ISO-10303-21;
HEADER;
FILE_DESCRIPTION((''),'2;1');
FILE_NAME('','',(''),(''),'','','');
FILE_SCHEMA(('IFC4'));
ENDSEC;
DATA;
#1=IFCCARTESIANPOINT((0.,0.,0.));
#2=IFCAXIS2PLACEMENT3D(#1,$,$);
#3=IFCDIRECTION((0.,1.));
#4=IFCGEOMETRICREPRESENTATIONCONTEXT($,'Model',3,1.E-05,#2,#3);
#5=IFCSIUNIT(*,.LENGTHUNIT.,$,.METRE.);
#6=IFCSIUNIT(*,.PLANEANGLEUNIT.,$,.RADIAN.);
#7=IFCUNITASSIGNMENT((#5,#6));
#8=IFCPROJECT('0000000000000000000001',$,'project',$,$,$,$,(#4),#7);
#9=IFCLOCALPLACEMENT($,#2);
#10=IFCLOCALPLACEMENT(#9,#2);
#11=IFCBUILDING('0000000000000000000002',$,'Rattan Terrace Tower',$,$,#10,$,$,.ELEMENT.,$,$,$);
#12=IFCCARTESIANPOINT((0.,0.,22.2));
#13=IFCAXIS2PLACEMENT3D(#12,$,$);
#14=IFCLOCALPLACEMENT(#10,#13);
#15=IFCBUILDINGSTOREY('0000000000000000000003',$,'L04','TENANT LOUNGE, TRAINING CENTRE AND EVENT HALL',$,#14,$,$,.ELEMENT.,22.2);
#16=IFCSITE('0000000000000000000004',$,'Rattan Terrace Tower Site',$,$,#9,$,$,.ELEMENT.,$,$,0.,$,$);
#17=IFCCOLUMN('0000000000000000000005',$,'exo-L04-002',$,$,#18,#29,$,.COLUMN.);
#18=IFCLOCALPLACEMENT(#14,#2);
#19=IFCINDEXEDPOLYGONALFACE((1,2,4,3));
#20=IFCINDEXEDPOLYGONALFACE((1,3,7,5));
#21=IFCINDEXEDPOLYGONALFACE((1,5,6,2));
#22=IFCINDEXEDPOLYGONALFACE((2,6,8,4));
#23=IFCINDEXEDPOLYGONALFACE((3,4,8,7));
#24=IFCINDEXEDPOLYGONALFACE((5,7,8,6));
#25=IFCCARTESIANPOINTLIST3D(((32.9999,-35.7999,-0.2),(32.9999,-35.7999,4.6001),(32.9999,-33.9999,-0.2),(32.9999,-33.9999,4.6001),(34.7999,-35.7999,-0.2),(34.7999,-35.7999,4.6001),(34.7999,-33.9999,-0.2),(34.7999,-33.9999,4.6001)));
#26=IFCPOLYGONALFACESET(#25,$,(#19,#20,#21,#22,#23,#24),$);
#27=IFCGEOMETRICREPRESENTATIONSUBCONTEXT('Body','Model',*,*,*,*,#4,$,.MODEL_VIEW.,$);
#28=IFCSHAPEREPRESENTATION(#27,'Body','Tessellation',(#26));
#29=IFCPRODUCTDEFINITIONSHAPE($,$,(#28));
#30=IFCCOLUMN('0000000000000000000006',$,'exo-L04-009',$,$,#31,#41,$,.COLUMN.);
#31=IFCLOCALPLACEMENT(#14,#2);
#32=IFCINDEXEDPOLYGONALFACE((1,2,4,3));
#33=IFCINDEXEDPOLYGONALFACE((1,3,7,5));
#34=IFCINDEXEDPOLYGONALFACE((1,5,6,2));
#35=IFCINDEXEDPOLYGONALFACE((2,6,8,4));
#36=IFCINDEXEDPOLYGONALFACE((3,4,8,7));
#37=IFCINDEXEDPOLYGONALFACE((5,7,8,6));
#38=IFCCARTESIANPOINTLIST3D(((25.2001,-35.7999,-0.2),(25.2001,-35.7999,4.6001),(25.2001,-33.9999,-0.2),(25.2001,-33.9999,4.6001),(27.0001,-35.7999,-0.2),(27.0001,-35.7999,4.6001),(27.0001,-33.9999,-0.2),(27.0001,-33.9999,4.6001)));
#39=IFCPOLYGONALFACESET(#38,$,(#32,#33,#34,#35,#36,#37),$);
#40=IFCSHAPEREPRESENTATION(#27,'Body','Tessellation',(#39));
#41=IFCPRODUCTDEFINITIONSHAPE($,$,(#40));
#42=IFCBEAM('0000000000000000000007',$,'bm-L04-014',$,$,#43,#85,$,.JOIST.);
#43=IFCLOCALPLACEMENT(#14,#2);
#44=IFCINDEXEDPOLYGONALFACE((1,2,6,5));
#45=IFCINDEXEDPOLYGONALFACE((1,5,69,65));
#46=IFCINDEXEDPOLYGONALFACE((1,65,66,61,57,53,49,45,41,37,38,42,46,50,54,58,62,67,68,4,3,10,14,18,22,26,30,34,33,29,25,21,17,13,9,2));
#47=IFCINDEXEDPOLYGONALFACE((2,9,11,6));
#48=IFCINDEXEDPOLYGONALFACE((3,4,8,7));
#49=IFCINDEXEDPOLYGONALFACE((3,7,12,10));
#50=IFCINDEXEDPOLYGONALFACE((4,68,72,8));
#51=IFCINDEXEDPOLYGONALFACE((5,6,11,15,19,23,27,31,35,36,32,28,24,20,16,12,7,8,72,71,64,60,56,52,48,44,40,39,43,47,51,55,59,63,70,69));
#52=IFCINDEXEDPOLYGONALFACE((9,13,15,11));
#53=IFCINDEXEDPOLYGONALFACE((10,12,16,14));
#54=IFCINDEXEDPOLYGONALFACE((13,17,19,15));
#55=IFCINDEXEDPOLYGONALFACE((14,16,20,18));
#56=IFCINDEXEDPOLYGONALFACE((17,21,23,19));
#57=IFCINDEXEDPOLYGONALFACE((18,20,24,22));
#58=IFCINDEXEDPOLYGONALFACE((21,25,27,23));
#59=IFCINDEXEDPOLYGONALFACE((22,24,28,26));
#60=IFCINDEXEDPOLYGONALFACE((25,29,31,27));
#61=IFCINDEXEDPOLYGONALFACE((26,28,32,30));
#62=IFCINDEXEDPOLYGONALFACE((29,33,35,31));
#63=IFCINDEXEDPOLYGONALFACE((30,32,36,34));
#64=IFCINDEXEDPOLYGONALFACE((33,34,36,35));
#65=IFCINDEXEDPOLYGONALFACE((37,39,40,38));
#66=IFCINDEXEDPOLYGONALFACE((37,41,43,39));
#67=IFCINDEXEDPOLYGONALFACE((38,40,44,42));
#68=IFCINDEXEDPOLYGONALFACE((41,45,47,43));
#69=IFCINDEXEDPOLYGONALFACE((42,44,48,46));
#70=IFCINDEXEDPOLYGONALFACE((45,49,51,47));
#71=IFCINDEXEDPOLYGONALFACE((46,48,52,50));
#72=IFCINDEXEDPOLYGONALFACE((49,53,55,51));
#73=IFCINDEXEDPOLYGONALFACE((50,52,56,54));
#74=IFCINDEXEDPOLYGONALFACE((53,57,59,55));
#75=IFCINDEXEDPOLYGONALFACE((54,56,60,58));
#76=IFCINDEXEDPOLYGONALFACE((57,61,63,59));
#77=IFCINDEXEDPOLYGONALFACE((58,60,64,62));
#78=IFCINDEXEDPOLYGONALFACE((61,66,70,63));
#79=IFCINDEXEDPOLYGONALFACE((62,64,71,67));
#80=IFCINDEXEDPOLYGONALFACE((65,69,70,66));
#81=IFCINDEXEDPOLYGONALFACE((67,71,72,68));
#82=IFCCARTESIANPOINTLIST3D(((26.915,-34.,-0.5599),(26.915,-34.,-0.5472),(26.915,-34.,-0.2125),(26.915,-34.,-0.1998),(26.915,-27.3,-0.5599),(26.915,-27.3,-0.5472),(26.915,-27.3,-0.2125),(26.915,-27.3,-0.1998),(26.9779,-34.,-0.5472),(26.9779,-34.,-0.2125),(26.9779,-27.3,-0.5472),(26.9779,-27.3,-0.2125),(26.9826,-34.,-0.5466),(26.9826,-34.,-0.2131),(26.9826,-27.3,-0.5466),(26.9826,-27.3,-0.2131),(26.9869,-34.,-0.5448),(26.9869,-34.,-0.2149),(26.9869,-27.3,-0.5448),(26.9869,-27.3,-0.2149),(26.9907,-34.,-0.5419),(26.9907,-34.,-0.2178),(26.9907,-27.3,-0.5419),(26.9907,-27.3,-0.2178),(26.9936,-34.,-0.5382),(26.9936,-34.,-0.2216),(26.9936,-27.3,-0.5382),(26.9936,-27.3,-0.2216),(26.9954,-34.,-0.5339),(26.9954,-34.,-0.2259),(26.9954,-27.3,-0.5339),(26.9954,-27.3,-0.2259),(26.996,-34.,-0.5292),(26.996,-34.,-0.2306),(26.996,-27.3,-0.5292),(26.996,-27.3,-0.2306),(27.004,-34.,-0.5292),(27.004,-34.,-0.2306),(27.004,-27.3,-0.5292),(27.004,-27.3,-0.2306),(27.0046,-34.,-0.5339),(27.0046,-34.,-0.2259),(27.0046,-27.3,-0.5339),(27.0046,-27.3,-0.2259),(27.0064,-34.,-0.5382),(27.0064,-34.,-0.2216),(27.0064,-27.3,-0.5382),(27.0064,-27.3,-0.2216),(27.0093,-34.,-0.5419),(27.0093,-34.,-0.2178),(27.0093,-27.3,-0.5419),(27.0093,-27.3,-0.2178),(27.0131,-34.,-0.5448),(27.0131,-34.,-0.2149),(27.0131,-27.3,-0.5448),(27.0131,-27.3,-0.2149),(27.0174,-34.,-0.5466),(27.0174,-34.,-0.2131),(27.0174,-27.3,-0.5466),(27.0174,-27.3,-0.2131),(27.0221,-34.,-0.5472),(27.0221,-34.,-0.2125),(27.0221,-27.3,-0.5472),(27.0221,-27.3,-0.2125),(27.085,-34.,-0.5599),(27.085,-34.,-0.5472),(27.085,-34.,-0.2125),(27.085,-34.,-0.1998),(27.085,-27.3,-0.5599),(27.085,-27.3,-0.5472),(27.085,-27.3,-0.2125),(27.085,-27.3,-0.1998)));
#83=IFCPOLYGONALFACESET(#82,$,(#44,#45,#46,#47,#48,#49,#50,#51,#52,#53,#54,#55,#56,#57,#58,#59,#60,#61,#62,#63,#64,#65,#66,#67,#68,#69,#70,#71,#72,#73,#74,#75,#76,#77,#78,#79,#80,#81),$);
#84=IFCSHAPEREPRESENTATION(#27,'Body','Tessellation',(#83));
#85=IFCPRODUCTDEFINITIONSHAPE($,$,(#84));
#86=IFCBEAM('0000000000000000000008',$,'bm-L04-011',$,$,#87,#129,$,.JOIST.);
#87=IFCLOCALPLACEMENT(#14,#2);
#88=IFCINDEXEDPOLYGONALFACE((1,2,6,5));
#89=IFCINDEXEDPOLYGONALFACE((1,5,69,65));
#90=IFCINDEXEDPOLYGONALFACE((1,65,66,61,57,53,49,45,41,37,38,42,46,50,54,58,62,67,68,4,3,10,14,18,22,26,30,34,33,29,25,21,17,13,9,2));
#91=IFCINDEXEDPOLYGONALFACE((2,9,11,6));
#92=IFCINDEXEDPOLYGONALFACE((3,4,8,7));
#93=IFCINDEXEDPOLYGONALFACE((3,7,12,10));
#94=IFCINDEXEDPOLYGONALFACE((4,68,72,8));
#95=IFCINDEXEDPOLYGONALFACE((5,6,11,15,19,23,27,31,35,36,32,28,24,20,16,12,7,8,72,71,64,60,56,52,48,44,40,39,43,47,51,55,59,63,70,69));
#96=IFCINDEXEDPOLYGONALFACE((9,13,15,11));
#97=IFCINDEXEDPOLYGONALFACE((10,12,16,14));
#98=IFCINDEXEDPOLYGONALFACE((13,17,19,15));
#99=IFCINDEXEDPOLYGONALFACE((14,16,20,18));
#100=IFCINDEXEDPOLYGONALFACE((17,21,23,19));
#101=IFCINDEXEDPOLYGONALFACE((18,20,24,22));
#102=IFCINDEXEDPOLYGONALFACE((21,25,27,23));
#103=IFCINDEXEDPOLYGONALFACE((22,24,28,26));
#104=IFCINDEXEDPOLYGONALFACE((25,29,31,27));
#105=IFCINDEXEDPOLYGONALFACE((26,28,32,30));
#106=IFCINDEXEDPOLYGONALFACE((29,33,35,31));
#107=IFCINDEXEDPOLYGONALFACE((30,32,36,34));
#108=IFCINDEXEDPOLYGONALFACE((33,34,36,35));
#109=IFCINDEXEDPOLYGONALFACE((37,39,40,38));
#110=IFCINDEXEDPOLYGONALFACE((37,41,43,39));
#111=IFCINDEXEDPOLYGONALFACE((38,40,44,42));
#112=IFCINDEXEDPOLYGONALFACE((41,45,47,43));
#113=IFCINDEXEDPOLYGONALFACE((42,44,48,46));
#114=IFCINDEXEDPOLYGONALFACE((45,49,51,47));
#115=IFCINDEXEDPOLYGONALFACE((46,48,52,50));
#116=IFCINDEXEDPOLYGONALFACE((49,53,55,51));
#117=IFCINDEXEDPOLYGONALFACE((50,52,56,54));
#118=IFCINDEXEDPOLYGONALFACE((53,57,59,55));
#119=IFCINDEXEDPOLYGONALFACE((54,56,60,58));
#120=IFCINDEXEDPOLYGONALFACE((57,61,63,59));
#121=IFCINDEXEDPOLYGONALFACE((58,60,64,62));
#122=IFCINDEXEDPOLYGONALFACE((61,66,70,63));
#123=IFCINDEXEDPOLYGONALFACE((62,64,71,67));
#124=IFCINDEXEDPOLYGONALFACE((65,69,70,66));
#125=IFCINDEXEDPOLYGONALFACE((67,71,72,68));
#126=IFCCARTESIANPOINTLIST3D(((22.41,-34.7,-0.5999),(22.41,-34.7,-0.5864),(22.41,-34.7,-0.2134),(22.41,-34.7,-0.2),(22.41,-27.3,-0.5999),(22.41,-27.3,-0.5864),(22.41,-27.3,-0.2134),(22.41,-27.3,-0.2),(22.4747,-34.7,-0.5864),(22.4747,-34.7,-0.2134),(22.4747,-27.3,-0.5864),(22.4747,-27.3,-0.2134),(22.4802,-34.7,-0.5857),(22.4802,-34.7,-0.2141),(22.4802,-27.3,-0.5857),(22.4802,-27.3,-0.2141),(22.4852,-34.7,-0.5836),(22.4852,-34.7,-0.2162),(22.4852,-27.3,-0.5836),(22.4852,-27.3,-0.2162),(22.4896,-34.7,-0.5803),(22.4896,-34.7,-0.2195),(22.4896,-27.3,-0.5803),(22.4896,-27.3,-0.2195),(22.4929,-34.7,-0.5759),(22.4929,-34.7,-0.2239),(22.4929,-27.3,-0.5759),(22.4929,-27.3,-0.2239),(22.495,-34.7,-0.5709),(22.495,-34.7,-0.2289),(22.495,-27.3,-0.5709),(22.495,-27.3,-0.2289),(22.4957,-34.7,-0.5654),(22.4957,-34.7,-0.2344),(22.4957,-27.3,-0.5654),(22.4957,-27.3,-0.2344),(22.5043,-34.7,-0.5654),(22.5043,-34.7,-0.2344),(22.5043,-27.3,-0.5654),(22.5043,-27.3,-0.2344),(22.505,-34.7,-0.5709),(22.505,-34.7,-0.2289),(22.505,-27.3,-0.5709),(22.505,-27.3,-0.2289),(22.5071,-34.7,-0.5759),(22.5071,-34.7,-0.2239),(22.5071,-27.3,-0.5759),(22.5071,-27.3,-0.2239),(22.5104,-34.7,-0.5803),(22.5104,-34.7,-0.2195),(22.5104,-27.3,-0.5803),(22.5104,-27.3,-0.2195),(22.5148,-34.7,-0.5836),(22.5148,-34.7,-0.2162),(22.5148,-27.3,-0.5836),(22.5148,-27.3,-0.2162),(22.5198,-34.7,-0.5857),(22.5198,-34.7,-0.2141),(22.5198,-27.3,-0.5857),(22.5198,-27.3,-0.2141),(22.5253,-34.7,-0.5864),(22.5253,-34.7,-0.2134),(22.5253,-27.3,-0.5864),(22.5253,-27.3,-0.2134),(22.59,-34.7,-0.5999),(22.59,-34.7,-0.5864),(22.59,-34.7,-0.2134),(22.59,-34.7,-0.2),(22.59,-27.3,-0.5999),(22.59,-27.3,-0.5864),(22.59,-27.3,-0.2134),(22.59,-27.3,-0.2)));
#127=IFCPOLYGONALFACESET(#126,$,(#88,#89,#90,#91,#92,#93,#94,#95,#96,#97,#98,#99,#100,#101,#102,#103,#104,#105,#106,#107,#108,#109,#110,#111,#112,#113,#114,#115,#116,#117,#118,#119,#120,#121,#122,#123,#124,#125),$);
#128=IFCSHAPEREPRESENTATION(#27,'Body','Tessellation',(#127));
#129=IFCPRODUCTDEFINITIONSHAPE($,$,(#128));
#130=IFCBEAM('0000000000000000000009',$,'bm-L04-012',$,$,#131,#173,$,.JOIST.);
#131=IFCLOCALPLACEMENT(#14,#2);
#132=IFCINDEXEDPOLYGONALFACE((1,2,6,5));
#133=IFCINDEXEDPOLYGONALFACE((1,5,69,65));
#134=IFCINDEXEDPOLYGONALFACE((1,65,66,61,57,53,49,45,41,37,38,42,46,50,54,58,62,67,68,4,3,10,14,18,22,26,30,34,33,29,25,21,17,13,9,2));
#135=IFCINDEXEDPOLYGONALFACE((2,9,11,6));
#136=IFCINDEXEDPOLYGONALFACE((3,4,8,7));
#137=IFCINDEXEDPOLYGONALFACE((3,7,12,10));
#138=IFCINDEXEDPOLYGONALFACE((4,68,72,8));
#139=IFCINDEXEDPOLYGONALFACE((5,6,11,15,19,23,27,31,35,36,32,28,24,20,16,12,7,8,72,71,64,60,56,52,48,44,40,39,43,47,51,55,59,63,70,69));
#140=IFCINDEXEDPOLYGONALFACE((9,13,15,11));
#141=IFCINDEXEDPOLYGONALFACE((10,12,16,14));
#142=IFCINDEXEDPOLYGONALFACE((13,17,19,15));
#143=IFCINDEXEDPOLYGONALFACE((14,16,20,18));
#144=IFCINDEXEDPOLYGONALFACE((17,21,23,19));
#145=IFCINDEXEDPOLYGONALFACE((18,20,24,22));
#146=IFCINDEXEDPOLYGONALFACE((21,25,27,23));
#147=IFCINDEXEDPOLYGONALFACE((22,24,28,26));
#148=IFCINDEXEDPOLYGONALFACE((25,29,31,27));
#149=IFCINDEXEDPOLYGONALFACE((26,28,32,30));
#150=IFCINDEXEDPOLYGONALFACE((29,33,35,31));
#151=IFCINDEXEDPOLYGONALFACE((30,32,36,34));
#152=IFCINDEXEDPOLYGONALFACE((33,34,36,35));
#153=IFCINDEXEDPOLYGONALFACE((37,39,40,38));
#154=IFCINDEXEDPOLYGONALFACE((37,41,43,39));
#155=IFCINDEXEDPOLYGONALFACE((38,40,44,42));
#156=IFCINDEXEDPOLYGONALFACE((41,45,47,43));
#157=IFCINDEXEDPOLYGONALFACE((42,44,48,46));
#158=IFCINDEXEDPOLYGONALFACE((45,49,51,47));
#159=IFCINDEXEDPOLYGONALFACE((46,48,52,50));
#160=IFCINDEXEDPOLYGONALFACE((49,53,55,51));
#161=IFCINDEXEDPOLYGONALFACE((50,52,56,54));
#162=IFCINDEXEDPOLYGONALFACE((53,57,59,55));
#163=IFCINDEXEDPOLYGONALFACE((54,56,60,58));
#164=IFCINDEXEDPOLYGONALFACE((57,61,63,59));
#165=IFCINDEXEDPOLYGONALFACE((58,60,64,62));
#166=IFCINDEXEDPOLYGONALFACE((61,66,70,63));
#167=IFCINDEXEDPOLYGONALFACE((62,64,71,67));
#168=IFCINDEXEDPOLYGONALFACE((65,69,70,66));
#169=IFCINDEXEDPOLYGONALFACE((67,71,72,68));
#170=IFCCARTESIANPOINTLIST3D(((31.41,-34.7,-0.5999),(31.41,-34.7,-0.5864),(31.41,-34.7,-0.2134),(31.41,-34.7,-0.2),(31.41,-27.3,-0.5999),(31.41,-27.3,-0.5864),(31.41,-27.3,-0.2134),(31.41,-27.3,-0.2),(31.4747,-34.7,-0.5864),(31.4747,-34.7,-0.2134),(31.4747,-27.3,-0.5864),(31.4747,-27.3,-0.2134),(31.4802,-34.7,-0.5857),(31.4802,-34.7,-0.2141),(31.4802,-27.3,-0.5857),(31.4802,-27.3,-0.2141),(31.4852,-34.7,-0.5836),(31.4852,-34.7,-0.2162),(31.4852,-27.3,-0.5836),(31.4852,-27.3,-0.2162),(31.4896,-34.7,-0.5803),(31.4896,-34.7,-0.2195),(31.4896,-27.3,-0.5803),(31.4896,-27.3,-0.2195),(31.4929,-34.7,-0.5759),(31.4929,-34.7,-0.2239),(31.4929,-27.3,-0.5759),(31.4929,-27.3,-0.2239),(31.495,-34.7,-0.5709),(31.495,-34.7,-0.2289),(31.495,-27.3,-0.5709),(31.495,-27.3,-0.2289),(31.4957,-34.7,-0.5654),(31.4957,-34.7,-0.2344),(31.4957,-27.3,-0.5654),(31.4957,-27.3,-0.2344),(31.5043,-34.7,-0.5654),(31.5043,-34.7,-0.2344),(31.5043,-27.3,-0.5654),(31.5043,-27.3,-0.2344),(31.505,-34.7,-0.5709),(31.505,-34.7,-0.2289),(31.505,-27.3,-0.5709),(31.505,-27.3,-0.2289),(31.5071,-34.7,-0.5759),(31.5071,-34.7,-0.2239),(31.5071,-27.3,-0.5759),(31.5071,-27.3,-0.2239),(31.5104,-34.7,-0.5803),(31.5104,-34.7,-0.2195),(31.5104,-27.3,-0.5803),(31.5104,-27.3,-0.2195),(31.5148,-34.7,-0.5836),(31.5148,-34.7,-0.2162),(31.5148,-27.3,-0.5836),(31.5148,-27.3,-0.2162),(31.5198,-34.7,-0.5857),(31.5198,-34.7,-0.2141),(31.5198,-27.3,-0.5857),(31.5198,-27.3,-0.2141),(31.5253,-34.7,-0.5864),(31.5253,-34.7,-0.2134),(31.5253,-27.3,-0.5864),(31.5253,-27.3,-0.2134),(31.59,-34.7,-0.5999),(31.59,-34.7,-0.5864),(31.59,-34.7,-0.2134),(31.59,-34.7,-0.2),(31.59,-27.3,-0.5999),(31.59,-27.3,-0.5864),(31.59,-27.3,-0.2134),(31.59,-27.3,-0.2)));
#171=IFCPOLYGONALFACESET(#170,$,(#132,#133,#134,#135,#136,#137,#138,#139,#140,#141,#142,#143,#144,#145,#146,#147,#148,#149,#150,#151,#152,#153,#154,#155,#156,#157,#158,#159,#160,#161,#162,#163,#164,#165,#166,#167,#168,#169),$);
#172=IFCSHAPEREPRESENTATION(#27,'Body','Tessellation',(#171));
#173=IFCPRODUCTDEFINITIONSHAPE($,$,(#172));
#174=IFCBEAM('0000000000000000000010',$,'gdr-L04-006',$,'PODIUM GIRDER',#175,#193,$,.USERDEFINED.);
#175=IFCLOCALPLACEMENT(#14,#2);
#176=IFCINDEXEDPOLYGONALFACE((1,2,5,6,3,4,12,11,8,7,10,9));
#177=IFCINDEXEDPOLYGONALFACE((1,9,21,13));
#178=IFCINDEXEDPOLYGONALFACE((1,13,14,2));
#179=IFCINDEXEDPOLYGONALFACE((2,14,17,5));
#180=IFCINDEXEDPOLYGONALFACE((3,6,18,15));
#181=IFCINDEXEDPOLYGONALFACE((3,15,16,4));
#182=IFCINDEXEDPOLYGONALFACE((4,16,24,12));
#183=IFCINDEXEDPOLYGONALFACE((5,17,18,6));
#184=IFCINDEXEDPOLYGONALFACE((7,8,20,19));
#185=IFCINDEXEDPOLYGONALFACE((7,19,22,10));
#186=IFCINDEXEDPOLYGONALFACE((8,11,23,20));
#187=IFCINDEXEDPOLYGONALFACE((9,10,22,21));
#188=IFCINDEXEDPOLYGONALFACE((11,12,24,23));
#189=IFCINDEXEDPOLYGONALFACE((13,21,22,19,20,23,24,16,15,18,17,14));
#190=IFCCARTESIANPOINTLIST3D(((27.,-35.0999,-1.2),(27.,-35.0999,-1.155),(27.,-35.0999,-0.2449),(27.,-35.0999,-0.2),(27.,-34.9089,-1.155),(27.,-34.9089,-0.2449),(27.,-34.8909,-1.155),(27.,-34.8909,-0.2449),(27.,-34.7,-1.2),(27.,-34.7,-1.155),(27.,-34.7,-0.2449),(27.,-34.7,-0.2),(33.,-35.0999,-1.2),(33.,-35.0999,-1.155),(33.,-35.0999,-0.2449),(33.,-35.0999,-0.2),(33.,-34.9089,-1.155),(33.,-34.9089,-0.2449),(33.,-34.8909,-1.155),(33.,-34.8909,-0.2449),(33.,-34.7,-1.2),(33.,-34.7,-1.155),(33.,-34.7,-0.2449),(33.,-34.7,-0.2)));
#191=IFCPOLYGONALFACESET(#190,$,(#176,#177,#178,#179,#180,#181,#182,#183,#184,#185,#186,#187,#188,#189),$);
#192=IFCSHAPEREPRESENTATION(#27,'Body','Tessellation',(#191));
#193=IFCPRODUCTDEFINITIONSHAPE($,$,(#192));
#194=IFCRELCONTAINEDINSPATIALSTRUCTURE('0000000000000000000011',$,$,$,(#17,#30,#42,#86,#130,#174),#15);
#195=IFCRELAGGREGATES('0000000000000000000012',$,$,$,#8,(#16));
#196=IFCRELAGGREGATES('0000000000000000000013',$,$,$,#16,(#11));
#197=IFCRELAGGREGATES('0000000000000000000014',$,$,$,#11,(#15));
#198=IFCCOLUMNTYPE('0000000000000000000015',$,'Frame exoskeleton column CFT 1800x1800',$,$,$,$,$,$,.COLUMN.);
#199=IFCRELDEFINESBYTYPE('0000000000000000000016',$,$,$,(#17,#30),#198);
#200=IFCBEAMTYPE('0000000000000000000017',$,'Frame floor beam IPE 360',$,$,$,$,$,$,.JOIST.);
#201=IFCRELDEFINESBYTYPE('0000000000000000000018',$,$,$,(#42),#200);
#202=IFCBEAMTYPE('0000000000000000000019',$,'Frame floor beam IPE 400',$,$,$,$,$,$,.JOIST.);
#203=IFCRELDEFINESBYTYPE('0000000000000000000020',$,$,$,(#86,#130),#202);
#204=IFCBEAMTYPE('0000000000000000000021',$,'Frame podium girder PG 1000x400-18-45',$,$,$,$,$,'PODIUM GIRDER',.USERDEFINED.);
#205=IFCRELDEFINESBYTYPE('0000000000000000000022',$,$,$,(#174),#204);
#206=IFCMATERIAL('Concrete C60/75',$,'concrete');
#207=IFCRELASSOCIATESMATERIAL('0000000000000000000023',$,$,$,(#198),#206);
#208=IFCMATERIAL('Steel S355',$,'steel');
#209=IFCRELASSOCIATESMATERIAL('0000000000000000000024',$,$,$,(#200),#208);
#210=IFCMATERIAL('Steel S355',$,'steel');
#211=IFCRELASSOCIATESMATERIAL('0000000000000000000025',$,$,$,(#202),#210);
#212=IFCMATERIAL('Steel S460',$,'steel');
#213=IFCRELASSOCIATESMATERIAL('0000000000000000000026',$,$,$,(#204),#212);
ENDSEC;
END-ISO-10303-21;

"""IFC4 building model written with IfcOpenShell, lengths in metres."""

from ifc_helpers import new_model, si_unit, direction, frame, origin, origin_2d, place, context, subcontext, project, spatial, rectangle, i_section, extrude, material, material_profile, profile_set, type_object, element, save


model = new_model("IFC4")

# Units and contexts
model_context = context("Model", 3, precision=1e-05, world=origin(), true_north=direction((0.0, 1.0)))
body_context = subcontext(model_context, "Body", "Model", "MODEL_VIEW")
ifc_project = project(units=[si_unit("LENGTHUNIT", "METRE"), si_unit("PLANEANGLEUNIT", "RADIAN")], contexts=[model_context])

# Site, building, storey
site_placement = place(None, origin())
site = spatial("IfcSite", under=ifc_project, at=site_placement, Name="Rattan Terrace Tower Site", CompositionType="ELEMENT", RefElevation=0.0)
building_placement = place(site_placement, origin())
building = spatial("IfcBuilding", under=site, at=building_placement, Name="Rattan Terrace Tower", CompositionType="ELEMENT")
storey_placement = place(building_placement, frame((0.0, 0.0, 22.2)))
storey = spatial("IfcBuildingStorey", under=building, at=storey_placement, Name="L04", Description="TENANT LOUNGE, TRAINING CENTRE AND EVENT HALL", CompositionType="ELEMENT", Elevation=22.2)

# Columns
ifc_material_1 = material(Name="Concrete C60/75", Category="concrete")
ifc_material_profile_1 = material_profile(ifc_material_1, rectangle(XDim=1.8, YDim=1.8, at=origin_2d()), Name="CFT 1800x1800")
ifc_profile_set_1 = profile_set([ifc_material_profile_1], Name="Concrete C60/75")
column_type = type_object("IfcColumnType", Name="Frame exoskeleton column CFT 1800x1800", PredefinedType="COLUMN", material=ifc_profile_set_1)
for number, where, z_axis, x_axis, name in (
    (1, (33.8999, -34.8999, -0.2), (0.0, 0.0, 1.0), (1.0, 0.0, 0.0), "exo-L04-002"),
    (2, (26.1001, -34.8999, -0.2), (0.0, 0.0, 1.0), (1.0, 0.0, 0.0), "exo-L04-009"),
):
    element("IfcColumn", number, at=place(storey_placement, frame(where, z_axis=z_axis, x_axis=x_axis)), inside=storey, type_object=column_type, Name=name, PredefinedType="COLUMN", context=body_context, shape_type="SweptSolid", body=[
        extrude(rectangle(XDim=1.8, YDim=1.8, at=origin_2d()), origin(), (0.0, 0.0, 1.0), 4.8),
    ])

# Beams
ifc_material_2 = material(Name="Steel S355", Category="steel")
ifc_material_profile_2 = material_profile(ifc_material_2, i_section(OverallWidth=0.1699, OverallDepth=0.3601, WebThickness=0.0081, FlangeThickness=0.0127, FilletRadius=0.0181, at=origin_2d()), Name="IPE 360")
ifc_profile_set_2 = profile_set([ifc_material_profile_2], Name="Steel S355")
beam_type_1 = type_object("IfcBeamType", Name="Frame floor beam IPE 360", PredefinedType="JOIST", material=ifc_profile_set_2)
beam_1_placement = place(storey_placement, frame((27.0, -34.0, -0.3799), z_axis=(0.0, 1.0, 0.0), x_axis=(-1.0, 0.0, 0.0)))
element("IfcBeam", 3, at=beam_1_placement, inside=storey, type_object=beam_type_1, Name="bm-L04-014", PredefinedType="JOIST", context=body_context, shape_type="SweptSolid", body=[
    extrude(i_section(OverallWidth=0.1699, OverallDepth=0.3601, WebThickness=0.0081, FlangeThickness=0.0127, FilletRadius=0.0181, at=origin_2d()), origin(), (0.0, 0.0, 1.0), 6.7),
])
ifc_material_3 = material(Name="Steel S355", Category="steel")
ifc_material_profile_3 = material_profile(ifc_material_3, i_section(OverallWidth=0.1799, OverallDepth=0.3999, WebThickness=0.0085, FlangeThickness=0.0134, FilletRadius=0.021, at=origin_2d()), Name="IPE 400")
ifc_profile_set_3 = profile_set([ifc_material_profile_3], Name="Steel S355")
beam_type_2 = type_object("IfcBeamType", Name="Frame floor beam IPE 400", PredefinedType="JOIST", material=ifc_profile_set_3)
for number, where, z_axis, x_axis, name in (
    (4, (22.5, -34.7, -0.3999), (0.0, 1.0, 0.0), (-1.0, 0.0, 0.0), "bm-L04-011"),
    (5, (31.5, -34.7, -0.3999), (0.0, 1.0, 0.0), (-1.0, 0.0, 0.0), "bm-L04-012"),
):
    element("IfcBeam", number, at=place(storey_placement, frame(where, z_axis=z_axis, x_axis=x_axis)), inside=storey, type_object=beam_type_2, Name=name, PredefinedType="JOIST", context=body_context, shape_type="SweptSolid", body=[
        extrude(i_section(OverallWidth=0.1799, OverallDepth=0.3999, WebThickness=0.0085, FlangeThickness=0.0134, FilletRadius=0.021, at=origin_2d()), origin(), (0.0, 0.0, 1.0), 7.3999),
    ])
ifc_material_4 = material(Name="Steel S460", Category="steel")
ifc_material_profile_4 = material_profile(ifc_material_4, i_section(OverallWidth=0.3999, OverallDepth=1.0, WebThickness=0.0181, FlangeThickness=0.0449, at=origin_2d()), Name="PG 1000x400-18-45")
ifc_profile_set_4 = profile_set([ifc_material_profile_4], Name="Steel S460")
beam_type_3 = type_object("IfcBeamType", Name="Frame podium girder PG 1000x400-18-45", ElementType="PODIUM GIRDER", PredefinedType="USERDEFINED", material=ifc_profile_set_4)
beam_2_placement = place(storey_placement, frame((27.0, -34.8999, -0.7), z_axis=(1.0, 0.0, 0.0), x_axis=(0.0, 1.0, 0.0)))
element("IfcBeam", 6, at=beam_2_placement, inside=storey, type_object=beam_type_3, Name="gdr-L04-006", ObjectType="PODIUM GIRDER", PredefinedType="USERDEFINED", context=body_context, shape_type="SweptSolid", body=[
    extrude(i_section(OverallWidth=0.3999, OverallDepth=1.0, WebThickness=0.0181, FlangeThickness=0.0449, at=origin_2d()), origin(), (0.0, 0.0, 1.0), 6.0),
])

save(model, "model.ifc")
